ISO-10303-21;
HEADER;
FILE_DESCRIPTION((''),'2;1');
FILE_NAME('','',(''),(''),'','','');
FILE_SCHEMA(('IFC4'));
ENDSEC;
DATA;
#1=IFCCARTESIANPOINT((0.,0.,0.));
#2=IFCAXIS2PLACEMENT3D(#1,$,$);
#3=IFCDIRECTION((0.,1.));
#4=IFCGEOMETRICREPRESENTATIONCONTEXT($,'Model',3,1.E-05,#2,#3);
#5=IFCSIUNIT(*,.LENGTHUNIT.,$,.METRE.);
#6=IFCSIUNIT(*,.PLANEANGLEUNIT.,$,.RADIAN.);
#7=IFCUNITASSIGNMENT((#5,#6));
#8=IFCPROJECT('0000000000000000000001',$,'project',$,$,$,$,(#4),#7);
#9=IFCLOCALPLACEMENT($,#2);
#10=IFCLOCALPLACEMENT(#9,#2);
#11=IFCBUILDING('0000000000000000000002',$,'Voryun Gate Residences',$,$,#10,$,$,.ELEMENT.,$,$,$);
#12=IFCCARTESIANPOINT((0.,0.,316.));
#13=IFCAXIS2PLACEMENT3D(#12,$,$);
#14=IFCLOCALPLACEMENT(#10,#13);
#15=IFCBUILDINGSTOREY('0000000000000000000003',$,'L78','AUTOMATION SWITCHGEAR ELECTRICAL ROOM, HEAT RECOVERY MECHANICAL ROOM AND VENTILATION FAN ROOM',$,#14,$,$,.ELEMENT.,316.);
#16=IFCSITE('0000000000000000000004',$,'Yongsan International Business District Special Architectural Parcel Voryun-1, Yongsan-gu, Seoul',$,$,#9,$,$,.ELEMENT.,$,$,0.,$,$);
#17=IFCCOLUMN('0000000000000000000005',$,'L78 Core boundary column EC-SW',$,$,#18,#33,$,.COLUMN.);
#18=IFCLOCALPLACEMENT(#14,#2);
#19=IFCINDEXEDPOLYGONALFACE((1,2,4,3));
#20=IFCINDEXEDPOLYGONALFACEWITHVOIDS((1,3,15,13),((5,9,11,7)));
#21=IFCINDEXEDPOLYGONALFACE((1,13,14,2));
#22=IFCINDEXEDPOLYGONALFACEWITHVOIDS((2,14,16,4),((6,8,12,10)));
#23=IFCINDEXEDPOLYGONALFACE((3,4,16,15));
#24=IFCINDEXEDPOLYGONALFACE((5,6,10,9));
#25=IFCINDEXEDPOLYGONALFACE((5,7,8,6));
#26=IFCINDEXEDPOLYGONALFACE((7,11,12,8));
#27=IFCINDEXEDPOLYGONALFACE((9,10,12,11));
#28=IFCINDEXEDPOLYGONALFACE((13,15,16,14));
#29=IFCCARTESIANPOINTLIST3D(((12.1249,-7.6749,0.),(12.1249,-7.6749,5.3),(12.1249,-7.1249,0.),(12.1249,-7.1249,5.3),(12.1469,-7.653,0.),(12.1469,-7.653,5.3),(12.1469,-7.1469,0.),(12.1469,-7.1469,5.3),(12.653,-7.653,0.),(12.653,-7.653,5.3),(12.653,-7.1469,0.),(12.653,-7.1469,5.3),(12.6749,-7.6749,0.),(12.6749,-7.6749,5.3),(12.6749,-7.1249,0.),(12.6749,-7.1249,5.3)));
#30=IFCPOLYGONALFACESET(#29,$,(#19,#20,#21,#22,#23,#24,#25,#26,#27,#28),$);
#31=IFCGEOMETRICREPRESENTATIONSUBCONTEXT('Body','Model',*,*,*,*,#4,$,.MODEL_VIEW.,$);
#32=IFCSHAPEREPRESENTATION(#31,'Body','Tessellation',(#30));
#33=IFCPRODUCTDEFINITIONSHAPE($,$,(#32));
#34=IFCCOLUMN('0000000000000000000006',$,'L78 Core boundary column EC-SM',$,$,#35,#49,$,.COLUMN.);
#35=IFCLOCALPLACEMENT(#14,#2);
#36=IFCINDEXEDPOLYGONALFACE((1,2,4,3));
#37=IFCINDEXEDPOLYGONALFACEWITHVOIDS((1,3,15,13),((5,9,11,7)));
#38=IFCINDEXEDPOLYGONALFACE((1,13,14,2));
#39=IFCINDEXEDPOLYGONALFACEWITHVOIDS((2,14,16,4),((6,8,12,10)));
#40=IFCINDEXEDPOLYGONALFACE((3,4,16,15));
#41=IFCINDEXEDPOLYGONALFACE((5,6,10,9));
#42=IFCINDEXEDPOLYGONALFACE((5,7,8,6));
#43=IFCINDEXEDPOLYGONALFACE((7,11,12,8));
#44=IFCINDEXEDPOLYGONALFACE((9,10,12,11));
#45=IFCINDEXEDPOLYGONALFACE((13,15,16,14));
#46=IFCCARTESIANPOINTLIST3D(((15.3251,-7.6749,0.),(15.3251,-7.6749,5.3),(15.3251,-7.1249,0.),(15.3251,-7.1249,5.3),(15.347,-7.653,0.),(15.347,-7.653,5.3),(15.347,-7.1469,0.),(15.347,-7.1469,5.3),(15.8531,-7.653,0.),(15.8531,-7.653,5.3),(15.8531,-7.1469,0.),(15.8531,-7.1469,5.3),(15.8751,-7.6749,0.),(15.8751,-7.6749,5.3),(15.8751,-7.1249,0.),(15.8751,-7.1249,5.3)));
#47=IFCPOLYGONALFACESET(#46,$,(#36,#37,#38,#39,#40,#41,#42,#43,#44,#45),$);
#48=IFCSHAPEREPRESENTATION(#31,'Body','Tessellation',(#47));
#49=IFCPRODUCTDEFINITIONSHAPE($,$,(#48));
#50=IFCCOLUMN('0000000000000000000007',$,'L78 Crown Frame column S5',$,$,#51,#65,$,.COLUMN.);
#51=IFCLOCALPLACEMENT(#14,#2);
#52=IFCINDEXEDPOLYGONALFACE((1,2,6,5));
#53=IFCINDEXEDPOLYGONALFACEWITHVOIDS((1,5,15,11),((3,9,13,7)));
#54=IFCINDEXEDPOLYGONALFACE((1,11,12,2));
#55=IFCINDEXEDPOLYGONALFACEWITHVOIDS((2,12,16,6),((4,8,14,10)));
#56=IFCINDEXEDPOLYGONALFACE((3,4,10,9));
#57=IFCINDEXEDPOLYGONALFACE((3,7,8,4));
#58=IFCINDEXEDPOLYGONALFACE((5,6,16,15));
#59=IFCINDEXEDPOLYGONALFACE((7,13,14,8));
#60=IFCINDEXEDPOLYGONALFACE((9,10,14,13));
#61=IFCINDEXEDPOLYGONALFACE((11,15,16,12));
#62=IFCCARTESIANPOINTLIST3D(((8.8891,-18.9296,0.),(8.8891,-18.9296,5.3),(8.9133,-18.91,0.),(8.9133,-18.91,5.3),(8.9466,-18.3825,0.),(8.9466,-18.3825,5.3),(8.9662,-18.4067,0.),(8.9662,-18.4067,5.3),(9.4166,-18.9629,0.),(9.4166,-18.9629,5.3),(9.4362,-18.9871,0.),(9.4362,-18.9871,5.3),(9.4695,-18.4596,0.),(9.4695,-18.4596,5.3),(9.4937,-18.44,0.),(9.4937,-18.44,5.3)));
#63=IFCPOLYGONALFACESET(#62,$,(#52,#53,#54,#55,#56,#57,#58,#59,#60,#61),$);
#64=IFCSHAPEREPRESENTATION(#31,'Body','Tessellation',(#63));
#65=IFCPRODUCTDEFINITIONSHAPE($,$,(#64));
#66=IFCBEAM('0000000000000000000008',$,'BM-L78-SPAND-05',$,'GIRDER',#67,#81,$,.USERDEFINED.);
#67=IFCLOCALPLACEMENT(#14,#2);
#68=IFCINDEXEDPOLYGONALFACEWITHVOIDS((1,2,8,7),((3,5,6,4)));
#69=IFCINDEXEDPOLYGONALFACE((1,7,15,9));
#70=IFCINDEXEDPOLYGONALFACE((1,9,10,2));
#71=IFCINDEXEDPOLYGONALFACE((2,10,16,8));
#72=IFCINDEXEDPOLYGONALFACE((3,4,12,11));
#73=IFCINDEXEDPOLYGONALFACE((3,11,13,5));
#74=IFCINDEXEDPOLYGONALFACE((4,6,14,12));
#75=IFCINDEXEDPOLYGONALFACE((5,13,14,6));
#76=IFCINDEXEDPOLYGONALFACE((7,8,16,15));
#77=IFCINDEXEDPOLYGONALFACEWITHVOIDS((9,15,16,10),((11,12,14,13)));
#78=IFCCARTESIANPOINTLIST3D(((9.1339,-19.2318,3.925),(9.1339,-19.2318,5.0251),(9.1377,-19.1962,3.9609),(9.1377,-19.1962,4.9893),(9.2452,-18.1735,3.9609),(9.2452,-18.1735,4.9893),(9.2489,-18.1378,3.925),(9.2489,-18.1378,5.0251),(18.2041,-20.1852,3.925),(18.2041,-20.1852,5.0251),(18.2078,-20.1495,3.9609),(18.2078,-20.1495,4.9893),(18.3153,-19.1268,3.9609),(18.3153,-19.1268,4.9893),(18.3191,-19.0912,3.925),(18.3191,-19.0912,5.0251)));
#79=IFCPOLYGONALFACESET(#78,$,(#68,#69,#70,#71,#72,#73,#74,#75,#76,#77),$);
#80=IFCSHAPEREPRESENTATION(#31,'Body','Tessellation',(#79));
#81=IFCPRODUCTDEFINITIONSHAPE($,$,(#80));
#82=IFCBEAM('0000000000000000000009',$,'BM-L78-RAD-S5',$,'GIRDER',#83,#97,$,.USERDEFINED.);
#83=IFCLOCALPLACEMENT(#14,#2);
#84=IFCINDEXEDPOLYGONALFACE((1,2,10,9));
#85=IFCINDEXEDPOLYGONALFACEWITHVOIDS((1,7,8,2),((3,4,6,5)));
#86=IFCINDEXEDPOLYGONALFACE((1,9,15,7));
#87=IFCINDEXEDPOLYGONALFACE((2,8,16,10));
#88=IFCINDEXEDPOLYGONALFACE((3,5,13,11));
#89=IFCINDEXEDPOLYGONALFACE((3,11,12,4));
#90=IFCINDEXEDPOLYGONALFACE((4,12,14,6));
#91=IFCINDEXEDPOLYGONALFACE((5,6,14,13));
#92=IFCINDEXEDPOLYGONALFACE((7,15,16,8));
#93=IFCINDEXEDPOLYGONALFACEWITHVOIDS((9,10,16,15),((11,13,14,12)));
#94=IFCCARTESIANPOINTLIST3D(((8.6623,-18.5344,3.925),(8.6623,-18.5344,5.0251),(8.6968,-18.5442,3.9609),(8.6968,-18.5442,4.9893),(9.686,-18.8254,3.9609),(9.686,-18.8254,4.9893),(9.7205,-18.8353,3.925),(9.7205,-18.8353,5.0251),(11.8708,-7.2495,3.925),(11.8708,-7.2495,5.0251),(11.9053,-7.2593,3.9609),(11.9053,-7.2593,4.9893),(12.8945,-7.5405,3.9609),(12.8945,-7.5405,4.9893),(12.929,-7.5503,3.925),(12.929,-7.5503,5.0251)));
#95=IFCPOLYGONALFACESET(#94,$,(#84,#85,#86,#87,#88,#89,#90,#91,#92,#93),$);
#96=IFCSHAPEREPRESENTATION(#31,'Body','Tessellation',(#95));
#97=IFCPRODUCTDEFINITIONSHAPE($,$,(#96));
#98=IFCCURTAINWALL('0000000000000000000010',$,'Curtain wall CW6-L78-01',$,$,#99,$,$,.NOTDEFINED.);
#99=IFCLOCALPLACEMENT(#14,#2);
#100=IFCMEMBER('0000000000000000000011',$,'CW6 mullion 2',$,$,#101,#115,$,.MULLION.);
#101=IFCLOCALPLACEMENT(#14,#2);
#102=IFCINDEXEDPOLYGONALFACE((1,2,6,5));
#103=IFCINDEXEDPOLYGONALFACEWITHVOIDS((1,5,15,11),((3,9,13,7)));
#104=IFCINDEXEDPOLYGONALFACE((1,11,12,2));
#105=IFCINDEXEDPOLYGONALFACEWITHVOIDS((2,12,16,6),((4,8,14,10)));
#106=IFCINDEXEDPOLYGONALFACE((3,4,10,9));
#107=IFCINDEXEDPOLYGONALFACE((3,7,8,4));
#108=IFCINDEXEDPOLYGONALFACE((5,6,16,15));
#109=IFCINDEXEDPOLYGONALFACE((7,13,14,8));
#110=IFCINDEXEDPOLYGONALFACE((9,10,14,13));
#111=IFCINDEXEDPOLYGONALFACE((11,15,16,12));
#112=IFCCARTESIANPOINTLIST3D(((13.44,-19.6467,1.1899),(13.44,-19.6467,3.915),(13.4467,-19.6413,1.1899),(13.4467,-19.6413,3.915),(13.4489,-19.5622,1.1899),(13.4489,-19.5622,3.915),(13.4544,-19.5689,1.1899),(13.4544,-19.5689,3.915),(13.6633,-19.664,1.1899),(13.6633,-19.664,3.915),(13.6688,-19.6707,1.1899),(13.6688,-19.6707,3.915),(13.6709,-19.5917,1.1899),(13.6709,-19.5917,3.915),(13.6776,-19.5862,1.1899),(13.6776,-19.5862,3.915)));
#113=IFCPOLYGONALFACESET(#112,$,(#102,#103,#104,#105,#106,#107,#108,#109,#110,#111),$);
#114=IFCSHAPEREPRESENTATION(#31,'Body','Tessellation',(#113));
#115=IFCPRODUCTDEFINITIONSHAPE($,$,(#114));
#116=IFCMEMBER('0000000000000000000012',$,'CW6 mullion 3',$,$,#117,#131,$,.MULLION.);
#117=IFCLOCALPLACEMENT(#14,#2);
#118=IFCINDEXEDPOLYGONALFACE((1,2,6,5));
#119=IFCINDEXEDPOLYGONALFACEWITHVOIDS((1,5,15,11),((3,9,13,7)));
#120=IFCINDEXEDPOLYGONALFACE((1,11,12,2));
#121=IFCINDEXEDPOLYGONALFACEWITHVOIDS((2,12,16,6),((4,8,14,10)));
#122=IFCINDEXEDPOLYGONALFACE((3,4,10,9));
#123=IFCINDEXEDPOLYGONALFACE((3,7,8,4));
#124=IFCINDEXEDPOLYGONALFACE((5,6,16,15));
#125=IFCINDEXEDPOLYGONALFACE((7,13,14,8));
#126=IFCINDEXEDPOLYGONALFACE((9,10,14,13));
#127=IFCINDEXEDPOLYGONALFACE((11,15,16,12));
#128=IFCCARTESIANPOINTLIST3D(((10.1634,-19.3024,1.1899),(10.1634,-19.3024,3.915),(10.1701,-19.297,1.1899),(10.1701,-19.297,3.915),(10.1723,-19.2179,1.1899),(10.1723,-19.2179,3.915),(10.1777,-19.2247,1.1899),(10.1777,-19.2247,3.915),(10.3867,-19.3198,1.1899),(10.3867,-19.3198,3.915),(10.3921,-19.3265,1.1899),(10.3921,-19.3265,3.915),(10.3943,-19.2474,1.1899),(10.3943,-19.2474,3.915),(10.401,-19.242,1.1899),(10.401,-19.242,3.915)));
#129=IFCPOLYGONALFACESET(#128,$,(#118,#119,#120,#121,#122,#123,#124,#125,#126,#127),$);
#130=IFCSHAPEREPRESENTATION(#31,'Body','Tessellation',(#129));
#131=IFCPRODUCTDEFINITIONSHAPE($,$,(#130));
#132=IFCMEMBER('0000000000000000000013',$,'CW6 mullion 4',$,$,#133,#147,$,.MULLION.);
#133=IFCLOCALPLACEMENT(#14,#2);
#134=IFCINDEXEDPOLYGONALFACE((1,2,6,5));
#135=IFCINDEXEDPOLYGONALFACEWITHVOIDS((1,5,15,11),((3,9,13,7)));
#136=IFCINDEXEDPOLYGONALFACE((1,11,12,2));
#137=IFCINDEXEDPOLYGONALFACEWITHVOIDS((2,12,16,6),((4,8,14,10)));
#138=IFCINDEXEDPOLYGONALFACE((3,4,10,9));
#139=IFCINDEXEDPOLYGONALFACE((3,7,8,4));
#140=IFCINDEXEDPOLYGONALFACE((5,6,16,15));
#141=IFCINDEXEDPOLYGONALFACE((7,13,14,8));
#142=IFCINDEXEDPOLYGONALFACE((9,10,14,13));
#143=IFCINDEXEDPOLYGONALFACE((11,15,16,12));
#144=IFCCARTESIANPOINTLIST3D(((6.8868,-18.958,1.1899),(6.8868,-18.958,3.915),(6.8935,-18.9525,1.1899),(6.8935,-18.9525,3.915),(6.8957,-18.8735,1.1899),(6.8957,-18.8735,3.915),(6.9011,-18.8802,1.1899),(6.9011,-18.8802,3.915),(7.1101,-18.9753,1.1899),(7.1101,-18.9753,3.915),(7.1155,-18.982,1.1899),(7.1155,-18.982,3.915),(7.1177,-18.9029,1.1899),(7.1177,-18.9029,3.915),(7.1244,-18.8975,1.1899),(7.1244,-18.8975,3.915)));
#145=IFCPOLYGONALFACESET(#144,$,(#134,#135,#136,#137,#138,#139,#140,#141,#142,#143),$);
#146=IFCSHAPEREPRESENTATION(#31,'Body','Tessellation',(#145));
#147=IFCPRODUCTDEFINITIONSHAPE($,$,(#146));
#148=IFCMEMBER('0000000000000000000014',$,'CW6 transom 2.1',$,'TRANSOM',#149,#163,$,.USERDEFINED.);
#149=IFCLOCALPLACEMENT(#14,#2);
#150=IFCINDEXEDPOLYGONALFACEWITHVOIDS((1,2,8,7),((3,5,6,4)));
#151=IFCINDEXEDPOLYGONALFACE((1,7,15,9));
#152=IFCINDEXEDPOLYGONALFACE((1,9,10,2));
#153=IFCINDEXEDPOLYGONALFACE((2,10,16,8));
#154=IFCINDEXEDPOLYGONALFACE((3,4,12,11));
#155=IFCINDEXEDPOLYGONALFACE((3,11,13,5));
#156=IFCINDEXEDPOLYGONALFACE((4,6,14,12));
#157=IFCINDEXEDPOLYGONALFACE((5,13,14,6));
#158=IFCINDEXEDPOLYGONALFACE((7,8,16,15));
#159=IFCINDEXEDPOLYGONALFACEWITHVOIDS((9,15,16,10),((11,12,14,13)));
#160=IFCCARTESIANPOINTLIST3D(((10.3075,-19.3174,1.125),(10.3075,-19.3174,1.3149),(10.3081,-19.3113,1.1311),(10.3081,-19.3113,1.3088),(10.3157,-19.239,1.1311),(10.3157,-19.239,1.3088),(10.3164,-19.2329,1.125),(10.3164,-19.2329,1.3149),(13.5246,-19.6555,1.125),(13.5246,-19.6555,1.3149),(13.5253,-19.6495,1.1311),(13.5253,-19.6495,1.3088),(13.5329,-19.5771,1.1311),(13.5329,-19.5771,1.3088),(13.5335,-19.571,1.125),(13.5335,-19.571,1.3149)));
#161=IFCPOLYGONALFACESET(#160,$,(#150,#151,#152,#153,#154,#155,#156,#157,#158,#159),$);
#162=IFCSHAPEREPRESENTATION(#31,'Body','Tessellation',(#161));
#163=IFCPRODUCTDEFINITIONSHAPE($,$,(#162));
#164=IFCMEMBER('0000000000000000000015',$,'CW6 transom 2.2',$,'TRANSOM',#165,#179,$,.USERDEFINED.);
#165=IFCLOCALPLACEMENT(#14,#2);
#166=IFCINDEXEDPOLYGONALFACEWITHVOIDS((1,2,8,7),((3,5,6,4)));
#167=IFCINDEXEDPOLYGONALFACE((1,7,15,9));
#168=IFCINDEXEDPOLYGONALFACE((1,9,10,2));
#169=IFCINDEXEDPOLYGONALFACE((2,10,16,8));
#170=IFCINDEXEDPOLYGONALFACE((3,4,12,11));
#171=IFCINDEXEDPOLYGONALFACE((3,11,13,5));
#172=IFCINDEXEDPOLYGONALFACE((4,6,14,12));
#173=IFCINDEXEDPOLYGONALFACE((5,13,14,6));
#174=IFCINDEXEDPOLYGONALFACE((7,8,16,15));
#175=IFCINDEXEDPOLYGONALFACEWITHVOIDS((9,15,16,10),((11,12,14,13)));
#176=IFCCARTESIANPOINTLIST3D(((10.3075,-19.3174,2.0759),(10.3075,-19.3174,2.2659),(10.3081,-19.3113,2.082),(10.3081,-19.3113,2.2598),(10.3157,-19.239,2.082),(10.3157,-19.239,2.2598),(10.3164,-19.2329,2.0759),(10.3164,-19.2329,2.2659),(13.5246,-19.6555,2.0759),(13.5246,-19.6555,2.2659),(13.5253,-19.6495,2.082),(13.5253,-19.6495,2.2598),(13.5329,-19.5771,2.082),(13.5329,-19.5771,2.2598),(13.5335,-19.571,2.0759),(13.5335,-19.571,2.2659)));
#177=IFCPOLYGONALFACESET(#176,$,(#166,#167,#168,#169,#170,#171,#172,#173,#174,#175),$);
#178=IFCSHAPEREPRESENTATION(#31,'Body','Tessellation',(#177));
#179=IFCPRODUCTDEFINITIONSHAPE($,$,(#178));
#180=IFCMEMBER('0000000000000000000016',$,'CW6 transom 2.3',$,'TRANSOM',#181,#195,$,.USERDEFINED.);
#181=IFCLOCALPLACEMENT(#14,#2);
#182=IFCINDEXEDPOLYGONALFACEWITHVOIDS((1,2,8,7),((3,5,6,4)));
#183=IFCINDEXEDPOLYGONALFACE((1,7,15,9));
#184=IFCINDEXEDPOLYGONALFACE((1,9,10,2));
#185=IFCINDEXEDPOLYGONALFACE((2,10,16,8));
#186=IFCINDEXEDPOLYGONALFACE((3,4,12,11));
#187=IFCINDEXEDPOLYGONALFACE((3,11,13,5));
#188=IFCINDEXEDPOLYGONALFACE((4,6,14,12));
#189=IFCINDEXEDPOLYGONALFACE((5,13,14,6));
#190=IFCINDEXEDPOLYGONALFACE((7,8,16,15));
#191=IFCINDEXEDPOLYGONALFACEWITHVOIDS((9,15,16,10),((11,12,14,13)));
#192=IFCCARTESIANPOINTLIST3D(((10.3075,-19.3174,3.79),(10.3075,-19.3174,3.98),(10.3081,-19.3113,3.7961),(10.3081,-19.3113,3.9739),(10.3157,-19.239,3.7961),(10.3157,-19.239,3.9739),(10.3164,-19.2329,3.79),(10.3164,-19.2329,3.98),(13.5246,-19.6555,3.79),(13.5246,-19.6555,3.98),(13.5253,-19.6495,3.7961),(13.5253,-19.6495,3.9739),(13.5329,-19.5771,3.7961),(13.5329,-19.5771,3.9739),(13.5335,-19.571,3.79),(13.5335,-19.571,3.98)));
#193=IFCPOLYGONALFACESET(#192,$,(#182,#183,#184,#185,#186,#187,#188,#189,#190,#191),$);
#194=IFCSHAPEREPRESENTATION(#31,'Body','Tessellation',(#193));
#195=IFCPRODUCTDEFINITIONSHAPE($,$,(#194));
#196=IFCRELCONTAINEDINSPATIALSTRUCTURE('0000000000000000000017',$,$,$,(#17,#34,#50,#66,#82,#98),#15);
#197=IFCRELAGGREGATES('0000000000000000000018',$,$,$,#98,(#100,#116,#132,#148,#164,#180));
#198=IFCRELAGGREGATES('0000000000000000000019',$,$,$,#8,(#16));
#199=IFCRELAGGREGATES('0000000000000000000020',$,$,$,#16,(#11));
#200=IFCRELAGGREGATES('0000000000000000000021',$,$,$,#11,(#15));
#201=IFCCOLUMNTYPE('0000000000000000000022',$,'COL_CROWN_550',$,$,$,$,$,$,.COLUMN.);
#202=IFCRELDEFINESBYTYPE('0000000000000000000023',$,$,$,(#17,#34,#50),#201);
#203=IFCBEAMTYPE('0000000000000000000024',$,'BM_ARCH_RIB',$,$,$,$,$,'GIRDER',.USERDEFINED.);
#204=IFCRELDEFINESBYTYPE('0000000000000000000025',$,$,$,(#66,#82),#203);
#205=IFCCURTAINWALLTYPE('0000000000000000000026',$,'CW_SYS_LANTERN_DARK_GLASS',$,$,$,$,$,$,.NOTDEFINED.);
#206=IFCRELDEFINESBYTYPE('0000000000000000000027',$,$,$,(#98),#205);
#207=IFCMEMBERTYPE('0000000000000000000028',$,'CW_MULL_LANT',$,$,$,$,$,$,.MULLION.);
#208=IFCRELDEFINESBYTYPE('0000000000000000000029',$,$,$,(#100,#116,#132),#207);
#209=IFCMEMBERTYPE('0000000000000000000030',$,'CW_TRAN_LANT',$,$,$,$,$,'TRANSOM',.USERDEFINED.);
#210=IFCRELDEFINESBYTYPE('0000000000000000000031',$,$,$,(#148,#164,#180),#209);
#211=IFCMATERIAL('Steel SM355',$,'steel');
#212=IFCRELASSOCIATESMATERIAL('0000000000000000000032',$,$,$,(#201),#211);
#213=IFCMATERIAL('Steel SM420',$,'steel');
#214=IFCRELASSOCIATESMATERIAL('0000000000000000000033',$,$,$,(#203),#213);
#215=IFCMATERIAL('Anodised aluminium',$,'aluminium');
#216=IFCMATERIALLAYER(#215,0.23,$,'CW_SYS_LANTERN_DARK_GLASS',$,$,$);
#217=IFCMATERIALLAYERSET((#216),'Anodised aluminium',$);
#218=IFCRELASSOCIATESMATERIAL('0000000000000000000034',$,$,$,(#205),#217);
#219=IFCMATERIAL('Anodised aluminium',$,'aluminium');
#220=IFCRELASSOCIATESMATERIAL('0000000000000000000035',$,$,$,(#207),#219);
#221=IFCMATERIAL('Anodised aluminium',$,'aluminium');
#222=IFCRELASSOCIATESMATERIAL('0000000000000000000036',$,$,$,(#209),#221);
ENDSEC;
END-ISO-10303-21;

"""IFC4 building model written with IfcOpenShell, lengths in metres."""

from ifc_helpers import new_model, si_unit, direction, frame, origin, origin_2d, place, context, subcontext, project, spatial, hollow_rectangle, extrude, material, layer, layer_set, material_profile, profile_set, type_object, element, aggregate, save


model = new_model("IFC4")

# Units and contexts
model_context = context("Model", 3, precision=1e-05, world=origin(), true_north=direction((0.0, 1.0)))
body_context = subcontext(model_context, "Body", "Model", "MODEL_VIEW")
ifc_project = project(units=[si_unit("LENGTHUNIT", "METRE"), si_unit("PLANEANGLEUNIT", "RADIAN")], contexts=[model_context])

# Site, building, storey
site_placement = place(None, origin())
site = spatial("IfcSite", under=ifc_project, at=site_placement, Name="Yongsan International Business District Special Architectural Parcel Voryun-1, Yongsan-gu, Seoul", CompositionType="ELEMENT", RefElevation=0.0)
building_placement = place(site_placement, origin())
building = spatial("IfcBuilding", under=site, at=building_placement, Name="Voryun Gate Residences", CompositionType="ELEMENT")
storey_placement = place(building_placement, frame((0.0, 0.0, 316.0)))
storey = spatial("IfcBuildingStorey", under=building, at=storey_placement, Name="L78", Description="AUTOMATION SWITCHGEAR ELECTRICAL ROOM, HEAT RECOVERY MECHANICAL ROOM AND VENTILATION FAN ROOM", CompositionType="ELEMENT", Elevation=316.0)

# Columns
ifc_material_1 = material(Name="Steel SM355", Category="steel")
ifc_material_profile_1 = material_profile(ifc_material_1, hollow_rectangle(XDim=0.55, YDim=0.55, WallThickness=0.022, at=origin_2d()), Name="BOX-550x550x22")
ifc_profile_set_1 = profile_set([ifc_material_profile_1], Name="Steel SM355")
column_type = type_object("IfcColumnType", Name="COL_CROWN_550", PredefinedType="COLUMN", material=ifc_profile_set_1)
for number, where, z_axis, x_axis, name in (
    (1, (12.3999, -7.3999, 0.0), (0.0, 0.0, 1.0), (1.0, 0.0, 0.0), "L78 Core boundary column EC-SW"),
    (2, (15.6001, -7.3999, 0.0), (0.0, 0.0, 1.0), (1.0, 0.0, 0.0), "L78 Core boundary column EC-SM"),
    (3, (9.1914, -18.6848, 0.0), (0.0, 0.0, 1.0), (0.994522, -0.104528, 0.0), "L78 Crown Frame column S5"),
):
    element("IfcColumn", number, at=place(storey_placement, frame(where, z_axis=z_axis, x_axis=x_axis)), inside=storey, type_object=column_type, Name=name, PredefinedType="COLUMN", context=body_context, shape_type="SweptSolid", body=[
        extrude(hollow_rectangle(XDim=0.55, YDim=0.55, WallThickness=0.022, at=origin_2d()), origin(), (0.0, 0.0, 1.0), 5.3),
    ])

# Beams
ifc_material_2 = material(Name="Steel SM420", Category="steel")
ifc_material_profile_2 = material_profile(ifc_material_2, hollow_rectangle(XDim=1.1001, YDim=1.1001, WallThickness=0.0359, at=origin_2d()), Name="BOX-1100x1100x36")
ifc_profile_set_2 = profile_set([ifc_material_profile_2], Name="Steel SM420")
beam_type = type_object("IfcBeamType", Name="BM_ARCH_RIB", ElementType="GIRDER", PredefinedType="USERDEFINED", material=ifc_profile_set_2)
beam_1_placement = place(storey_placement, frame((9.1914, -18.6848, 4.4751), z_axis=(0.994521, -0.104536, 0.0), x_axis=(0.104536, 0.994521, 0.0)))
element("IfcBeam", 4, at=beam_1_placement, inside=storey, type_object=beam_type, Name="BM-L78-SPAND-05", ObjectType="GIRDER", PredefinedType="USERDEFINED", context=body_context, shape_type="SweptSolid", body=[
    extrude(hollow_rectangle(XDim=1.1001, YDim=1.1001, WallThickness=0.0359, at=origin_2d()), origin(), (0.0, 0.0, 1.0), 9.1201),
])
beam_2_placement = place(storey_placement, frame((12.3999, -7.3999, 4.4751), z_axis=(-0.273479, -0.961878, 0.0), x_axis=(0.961878, -0.273479, 0.0)))
element("IfcBeam", 5, at=beam_2_placement, inside=storey, type_object=beam_type, Name="BM-L78-RAD-S5", ObjectType="GIRDER", PredefinedType="USERDEFINED", context=body_context, shape_type="SweptSolid", body=[
    extrude(hollow_rectangle(XDim=1.1001, YDim=1.1001, WallThickness=0.0359, at=origin_2d()), origin(), (0.0, 0.0, 1.0), 11.7322),
])

# Curtain wall, members
ifc_material_3 = material(Name="Anodised aluminium", Category="aluminium")
ifc_layer_1 = layer(ifc_material_3, 0.23, Name="CW_SYS_LANTERN_DARK_GLASS")
ifc_layer_set_1 = layer_set([ifc_layer_1], Name="Anodised aluminium")
curtain_wall_type = type_object("IfcCurtainWallType", Name="CW_SYS_LANTERN_DARK_GLASS", PredefinedType="NOTDEFINED", material=ifc_layer_set_1)
curtain_wall_placement = place(storey_placement, origin())
curtain_wall = element("IfcCurtainWall", 6, at=curtain_wall_placement, inside=storey, type_object=curtain_wall_type, Name="Curtain wall CW6-L78-01", PredefinedType="NOTDEFINED")
ifc_material_4 = material(Name="Anodised aluminium", Category="aluminium")
ifc_material_profile_3 = material_profile(ifc_material_4, hollow_rectangle(XDim=0.085, YDim=0.23, WallThickness=0.0061, at=origin_2d()), Name="ALU-MULL-230x85x6")
ifc_profile_set_3 = profile_set([ifc_material_profile_3], Name="Anodised aluminium")
member_type_1 = type_object("IfcMemberType", Name="CW_MULL_LANT", PredefinedType="MULLION", material=ifc_profile_set_3)
member_1_placement = place(storey_placement, frame((13.5588, -19.6165, 1.1899), z_axis=(0.0, 0.0, 1.0), x_axis=(-0.104528, -0.994522, 0.0)))
member_1 = element("IfcMember", 7, at=member_1_placement, type_object=member_type_1, Name="CW6 mullion 2", PredefinedType="MULLION", context=body_context, shape_type="SweptSolid", body=[
    extrude(hollow_rectangle(XDim=0.085, YDim=0.23, WallThickness=0.0061, at=origin_2d()), origin(), (0.0, 0.0, 1.0), 2.7251),
])
member_2_placement = place(storey_placement, frame((10.2822, -19.2722, 1.1899), z_axis=(0.0, 0.0, 1.0), x_axis=(-0.104528, -0.994522, 0.0)))
member_2 = element("IfcMember", 8, at=member_2_placement, type_object=member_type_1, Name="CW6 mullion 3", PredefinedType="MULLION", context=body_context, shape_type="SweptSolid", body=[
    extrude(hollow_rectangle(XDim=0.085, YDim=0.23, WallThickness=0.0061, at=origin_2d()), origin(), (0.0, 0.0, 1.0), 2.7251),
])
member_3_placement = place(storey_placement, frame((7.0056, -18.9277, 1.1899), z_axis=(0.0, 0.0, 1.0), x_axis=(-0.104528, -0.994522, 0.0)))
member_3 = element("IfcMember", 9, at=member_3_placement, type_object=member_type_1, Name="CW6 mullion 4", PredefinedType="MULLION", context=body_context, shape_type="SweptSolid", body=[
    extrude(hollow_rectangle(XDim=0.085, YDim=0.23, WallThickness=0.0061, at=origin_2d()), origin(), (0.0, 0.0, 1.0), 2.7251),
])
ifc_material_5 = material(Name="Anodised aluminium", Category="aluminium")
ifc_material_profile_4 = material_profile(ifc_material_5, hollow_rectangle(XDim=0.085, YDim=0.1899, WallThickness=0.0061, at=origin_2d()), Name="ALU-TRAN-190x85x6")
ifc_profile_set_4 = profile_set([ifc_material_profile_4], Name="Anodised aluminium")
member_type_2 = type_object("IfcMemberType", Name="CW_TRAN_LANT", ElementType="TRANSOM", PredefinedType="USERDEFINED", material=ifc_profile_set_4)
member_4_placement = place(storey_placement, frame((13.5291, -19.6133, 1.22), z_axis=(-0.994522, 0.104532, 0.0), x_axis=(-0.104532, -0.994522, 0.0)))
member_4 = element("IfcMember", 10, at=member_4_placement, type_object=member_type_2, Name="CW6 transom 2.1", ObjectType="TRANSOM", PredefinedType="USERDEFINED", context=body_context, shape_type="SweptSolid", body=[
    extrude(hollow_rectangle(XDim=0.085, YDim=0.1899, WallThickness=0.0061, at=origin_2d()), origin(), (0.0, 0.0, 1.0), 3.2349),
])
member_5_placement = place(storey_placement, frame((13.5291, -19.6133, 2.1709), z_axis=(-0.994522, 0.104532, 0.0), x_axis=(-0.104532, -0.994522, 0.0)))
member_5 = element("IfcMember", 11, at=member_5_placement, type_object=member_type_2, Name="CW6 transom 2.2", ObjectType="TRANSOM", PredefinedType="USERDEFINED", context=body_context, shape_type="SweptSolid", body=[
    extrude(hollow_rectangle(XDim=0.085, YDim=0.1899, WallThickness=0.0061, at=origin_2d()), origin(), (0.0, 0.0, 1.0), 3.2349),
])
member_6_placement = place(storey_placement, frame((13.5291, -19.6133, 3.885), z_axis=(-0.994522, 0.104532, 0.0), x_axis=(-0.104532, -0.994522, 0.0)))
member_6 = element("IfcMember", 12, at=member_6_placement, type_object=member_type_2, Name="CW6 transom 2.3", ObjectType="TRANSOM", PredefinedType="USERDEFINED", context=body_context, shape_type="SweptSolid", body=[
    extrude(hollow_rectangle(XDim=0.085, YDim=0.1899, WallThickness=0.0061, at=origin_2d()), origin(), (0.0, 0.0, 1.0), 3.2349),
])

aggregate(curtain_wall, [member_1, member_2, member_3, member_4, member_5, member_6])

save(model, "model.ifc")
